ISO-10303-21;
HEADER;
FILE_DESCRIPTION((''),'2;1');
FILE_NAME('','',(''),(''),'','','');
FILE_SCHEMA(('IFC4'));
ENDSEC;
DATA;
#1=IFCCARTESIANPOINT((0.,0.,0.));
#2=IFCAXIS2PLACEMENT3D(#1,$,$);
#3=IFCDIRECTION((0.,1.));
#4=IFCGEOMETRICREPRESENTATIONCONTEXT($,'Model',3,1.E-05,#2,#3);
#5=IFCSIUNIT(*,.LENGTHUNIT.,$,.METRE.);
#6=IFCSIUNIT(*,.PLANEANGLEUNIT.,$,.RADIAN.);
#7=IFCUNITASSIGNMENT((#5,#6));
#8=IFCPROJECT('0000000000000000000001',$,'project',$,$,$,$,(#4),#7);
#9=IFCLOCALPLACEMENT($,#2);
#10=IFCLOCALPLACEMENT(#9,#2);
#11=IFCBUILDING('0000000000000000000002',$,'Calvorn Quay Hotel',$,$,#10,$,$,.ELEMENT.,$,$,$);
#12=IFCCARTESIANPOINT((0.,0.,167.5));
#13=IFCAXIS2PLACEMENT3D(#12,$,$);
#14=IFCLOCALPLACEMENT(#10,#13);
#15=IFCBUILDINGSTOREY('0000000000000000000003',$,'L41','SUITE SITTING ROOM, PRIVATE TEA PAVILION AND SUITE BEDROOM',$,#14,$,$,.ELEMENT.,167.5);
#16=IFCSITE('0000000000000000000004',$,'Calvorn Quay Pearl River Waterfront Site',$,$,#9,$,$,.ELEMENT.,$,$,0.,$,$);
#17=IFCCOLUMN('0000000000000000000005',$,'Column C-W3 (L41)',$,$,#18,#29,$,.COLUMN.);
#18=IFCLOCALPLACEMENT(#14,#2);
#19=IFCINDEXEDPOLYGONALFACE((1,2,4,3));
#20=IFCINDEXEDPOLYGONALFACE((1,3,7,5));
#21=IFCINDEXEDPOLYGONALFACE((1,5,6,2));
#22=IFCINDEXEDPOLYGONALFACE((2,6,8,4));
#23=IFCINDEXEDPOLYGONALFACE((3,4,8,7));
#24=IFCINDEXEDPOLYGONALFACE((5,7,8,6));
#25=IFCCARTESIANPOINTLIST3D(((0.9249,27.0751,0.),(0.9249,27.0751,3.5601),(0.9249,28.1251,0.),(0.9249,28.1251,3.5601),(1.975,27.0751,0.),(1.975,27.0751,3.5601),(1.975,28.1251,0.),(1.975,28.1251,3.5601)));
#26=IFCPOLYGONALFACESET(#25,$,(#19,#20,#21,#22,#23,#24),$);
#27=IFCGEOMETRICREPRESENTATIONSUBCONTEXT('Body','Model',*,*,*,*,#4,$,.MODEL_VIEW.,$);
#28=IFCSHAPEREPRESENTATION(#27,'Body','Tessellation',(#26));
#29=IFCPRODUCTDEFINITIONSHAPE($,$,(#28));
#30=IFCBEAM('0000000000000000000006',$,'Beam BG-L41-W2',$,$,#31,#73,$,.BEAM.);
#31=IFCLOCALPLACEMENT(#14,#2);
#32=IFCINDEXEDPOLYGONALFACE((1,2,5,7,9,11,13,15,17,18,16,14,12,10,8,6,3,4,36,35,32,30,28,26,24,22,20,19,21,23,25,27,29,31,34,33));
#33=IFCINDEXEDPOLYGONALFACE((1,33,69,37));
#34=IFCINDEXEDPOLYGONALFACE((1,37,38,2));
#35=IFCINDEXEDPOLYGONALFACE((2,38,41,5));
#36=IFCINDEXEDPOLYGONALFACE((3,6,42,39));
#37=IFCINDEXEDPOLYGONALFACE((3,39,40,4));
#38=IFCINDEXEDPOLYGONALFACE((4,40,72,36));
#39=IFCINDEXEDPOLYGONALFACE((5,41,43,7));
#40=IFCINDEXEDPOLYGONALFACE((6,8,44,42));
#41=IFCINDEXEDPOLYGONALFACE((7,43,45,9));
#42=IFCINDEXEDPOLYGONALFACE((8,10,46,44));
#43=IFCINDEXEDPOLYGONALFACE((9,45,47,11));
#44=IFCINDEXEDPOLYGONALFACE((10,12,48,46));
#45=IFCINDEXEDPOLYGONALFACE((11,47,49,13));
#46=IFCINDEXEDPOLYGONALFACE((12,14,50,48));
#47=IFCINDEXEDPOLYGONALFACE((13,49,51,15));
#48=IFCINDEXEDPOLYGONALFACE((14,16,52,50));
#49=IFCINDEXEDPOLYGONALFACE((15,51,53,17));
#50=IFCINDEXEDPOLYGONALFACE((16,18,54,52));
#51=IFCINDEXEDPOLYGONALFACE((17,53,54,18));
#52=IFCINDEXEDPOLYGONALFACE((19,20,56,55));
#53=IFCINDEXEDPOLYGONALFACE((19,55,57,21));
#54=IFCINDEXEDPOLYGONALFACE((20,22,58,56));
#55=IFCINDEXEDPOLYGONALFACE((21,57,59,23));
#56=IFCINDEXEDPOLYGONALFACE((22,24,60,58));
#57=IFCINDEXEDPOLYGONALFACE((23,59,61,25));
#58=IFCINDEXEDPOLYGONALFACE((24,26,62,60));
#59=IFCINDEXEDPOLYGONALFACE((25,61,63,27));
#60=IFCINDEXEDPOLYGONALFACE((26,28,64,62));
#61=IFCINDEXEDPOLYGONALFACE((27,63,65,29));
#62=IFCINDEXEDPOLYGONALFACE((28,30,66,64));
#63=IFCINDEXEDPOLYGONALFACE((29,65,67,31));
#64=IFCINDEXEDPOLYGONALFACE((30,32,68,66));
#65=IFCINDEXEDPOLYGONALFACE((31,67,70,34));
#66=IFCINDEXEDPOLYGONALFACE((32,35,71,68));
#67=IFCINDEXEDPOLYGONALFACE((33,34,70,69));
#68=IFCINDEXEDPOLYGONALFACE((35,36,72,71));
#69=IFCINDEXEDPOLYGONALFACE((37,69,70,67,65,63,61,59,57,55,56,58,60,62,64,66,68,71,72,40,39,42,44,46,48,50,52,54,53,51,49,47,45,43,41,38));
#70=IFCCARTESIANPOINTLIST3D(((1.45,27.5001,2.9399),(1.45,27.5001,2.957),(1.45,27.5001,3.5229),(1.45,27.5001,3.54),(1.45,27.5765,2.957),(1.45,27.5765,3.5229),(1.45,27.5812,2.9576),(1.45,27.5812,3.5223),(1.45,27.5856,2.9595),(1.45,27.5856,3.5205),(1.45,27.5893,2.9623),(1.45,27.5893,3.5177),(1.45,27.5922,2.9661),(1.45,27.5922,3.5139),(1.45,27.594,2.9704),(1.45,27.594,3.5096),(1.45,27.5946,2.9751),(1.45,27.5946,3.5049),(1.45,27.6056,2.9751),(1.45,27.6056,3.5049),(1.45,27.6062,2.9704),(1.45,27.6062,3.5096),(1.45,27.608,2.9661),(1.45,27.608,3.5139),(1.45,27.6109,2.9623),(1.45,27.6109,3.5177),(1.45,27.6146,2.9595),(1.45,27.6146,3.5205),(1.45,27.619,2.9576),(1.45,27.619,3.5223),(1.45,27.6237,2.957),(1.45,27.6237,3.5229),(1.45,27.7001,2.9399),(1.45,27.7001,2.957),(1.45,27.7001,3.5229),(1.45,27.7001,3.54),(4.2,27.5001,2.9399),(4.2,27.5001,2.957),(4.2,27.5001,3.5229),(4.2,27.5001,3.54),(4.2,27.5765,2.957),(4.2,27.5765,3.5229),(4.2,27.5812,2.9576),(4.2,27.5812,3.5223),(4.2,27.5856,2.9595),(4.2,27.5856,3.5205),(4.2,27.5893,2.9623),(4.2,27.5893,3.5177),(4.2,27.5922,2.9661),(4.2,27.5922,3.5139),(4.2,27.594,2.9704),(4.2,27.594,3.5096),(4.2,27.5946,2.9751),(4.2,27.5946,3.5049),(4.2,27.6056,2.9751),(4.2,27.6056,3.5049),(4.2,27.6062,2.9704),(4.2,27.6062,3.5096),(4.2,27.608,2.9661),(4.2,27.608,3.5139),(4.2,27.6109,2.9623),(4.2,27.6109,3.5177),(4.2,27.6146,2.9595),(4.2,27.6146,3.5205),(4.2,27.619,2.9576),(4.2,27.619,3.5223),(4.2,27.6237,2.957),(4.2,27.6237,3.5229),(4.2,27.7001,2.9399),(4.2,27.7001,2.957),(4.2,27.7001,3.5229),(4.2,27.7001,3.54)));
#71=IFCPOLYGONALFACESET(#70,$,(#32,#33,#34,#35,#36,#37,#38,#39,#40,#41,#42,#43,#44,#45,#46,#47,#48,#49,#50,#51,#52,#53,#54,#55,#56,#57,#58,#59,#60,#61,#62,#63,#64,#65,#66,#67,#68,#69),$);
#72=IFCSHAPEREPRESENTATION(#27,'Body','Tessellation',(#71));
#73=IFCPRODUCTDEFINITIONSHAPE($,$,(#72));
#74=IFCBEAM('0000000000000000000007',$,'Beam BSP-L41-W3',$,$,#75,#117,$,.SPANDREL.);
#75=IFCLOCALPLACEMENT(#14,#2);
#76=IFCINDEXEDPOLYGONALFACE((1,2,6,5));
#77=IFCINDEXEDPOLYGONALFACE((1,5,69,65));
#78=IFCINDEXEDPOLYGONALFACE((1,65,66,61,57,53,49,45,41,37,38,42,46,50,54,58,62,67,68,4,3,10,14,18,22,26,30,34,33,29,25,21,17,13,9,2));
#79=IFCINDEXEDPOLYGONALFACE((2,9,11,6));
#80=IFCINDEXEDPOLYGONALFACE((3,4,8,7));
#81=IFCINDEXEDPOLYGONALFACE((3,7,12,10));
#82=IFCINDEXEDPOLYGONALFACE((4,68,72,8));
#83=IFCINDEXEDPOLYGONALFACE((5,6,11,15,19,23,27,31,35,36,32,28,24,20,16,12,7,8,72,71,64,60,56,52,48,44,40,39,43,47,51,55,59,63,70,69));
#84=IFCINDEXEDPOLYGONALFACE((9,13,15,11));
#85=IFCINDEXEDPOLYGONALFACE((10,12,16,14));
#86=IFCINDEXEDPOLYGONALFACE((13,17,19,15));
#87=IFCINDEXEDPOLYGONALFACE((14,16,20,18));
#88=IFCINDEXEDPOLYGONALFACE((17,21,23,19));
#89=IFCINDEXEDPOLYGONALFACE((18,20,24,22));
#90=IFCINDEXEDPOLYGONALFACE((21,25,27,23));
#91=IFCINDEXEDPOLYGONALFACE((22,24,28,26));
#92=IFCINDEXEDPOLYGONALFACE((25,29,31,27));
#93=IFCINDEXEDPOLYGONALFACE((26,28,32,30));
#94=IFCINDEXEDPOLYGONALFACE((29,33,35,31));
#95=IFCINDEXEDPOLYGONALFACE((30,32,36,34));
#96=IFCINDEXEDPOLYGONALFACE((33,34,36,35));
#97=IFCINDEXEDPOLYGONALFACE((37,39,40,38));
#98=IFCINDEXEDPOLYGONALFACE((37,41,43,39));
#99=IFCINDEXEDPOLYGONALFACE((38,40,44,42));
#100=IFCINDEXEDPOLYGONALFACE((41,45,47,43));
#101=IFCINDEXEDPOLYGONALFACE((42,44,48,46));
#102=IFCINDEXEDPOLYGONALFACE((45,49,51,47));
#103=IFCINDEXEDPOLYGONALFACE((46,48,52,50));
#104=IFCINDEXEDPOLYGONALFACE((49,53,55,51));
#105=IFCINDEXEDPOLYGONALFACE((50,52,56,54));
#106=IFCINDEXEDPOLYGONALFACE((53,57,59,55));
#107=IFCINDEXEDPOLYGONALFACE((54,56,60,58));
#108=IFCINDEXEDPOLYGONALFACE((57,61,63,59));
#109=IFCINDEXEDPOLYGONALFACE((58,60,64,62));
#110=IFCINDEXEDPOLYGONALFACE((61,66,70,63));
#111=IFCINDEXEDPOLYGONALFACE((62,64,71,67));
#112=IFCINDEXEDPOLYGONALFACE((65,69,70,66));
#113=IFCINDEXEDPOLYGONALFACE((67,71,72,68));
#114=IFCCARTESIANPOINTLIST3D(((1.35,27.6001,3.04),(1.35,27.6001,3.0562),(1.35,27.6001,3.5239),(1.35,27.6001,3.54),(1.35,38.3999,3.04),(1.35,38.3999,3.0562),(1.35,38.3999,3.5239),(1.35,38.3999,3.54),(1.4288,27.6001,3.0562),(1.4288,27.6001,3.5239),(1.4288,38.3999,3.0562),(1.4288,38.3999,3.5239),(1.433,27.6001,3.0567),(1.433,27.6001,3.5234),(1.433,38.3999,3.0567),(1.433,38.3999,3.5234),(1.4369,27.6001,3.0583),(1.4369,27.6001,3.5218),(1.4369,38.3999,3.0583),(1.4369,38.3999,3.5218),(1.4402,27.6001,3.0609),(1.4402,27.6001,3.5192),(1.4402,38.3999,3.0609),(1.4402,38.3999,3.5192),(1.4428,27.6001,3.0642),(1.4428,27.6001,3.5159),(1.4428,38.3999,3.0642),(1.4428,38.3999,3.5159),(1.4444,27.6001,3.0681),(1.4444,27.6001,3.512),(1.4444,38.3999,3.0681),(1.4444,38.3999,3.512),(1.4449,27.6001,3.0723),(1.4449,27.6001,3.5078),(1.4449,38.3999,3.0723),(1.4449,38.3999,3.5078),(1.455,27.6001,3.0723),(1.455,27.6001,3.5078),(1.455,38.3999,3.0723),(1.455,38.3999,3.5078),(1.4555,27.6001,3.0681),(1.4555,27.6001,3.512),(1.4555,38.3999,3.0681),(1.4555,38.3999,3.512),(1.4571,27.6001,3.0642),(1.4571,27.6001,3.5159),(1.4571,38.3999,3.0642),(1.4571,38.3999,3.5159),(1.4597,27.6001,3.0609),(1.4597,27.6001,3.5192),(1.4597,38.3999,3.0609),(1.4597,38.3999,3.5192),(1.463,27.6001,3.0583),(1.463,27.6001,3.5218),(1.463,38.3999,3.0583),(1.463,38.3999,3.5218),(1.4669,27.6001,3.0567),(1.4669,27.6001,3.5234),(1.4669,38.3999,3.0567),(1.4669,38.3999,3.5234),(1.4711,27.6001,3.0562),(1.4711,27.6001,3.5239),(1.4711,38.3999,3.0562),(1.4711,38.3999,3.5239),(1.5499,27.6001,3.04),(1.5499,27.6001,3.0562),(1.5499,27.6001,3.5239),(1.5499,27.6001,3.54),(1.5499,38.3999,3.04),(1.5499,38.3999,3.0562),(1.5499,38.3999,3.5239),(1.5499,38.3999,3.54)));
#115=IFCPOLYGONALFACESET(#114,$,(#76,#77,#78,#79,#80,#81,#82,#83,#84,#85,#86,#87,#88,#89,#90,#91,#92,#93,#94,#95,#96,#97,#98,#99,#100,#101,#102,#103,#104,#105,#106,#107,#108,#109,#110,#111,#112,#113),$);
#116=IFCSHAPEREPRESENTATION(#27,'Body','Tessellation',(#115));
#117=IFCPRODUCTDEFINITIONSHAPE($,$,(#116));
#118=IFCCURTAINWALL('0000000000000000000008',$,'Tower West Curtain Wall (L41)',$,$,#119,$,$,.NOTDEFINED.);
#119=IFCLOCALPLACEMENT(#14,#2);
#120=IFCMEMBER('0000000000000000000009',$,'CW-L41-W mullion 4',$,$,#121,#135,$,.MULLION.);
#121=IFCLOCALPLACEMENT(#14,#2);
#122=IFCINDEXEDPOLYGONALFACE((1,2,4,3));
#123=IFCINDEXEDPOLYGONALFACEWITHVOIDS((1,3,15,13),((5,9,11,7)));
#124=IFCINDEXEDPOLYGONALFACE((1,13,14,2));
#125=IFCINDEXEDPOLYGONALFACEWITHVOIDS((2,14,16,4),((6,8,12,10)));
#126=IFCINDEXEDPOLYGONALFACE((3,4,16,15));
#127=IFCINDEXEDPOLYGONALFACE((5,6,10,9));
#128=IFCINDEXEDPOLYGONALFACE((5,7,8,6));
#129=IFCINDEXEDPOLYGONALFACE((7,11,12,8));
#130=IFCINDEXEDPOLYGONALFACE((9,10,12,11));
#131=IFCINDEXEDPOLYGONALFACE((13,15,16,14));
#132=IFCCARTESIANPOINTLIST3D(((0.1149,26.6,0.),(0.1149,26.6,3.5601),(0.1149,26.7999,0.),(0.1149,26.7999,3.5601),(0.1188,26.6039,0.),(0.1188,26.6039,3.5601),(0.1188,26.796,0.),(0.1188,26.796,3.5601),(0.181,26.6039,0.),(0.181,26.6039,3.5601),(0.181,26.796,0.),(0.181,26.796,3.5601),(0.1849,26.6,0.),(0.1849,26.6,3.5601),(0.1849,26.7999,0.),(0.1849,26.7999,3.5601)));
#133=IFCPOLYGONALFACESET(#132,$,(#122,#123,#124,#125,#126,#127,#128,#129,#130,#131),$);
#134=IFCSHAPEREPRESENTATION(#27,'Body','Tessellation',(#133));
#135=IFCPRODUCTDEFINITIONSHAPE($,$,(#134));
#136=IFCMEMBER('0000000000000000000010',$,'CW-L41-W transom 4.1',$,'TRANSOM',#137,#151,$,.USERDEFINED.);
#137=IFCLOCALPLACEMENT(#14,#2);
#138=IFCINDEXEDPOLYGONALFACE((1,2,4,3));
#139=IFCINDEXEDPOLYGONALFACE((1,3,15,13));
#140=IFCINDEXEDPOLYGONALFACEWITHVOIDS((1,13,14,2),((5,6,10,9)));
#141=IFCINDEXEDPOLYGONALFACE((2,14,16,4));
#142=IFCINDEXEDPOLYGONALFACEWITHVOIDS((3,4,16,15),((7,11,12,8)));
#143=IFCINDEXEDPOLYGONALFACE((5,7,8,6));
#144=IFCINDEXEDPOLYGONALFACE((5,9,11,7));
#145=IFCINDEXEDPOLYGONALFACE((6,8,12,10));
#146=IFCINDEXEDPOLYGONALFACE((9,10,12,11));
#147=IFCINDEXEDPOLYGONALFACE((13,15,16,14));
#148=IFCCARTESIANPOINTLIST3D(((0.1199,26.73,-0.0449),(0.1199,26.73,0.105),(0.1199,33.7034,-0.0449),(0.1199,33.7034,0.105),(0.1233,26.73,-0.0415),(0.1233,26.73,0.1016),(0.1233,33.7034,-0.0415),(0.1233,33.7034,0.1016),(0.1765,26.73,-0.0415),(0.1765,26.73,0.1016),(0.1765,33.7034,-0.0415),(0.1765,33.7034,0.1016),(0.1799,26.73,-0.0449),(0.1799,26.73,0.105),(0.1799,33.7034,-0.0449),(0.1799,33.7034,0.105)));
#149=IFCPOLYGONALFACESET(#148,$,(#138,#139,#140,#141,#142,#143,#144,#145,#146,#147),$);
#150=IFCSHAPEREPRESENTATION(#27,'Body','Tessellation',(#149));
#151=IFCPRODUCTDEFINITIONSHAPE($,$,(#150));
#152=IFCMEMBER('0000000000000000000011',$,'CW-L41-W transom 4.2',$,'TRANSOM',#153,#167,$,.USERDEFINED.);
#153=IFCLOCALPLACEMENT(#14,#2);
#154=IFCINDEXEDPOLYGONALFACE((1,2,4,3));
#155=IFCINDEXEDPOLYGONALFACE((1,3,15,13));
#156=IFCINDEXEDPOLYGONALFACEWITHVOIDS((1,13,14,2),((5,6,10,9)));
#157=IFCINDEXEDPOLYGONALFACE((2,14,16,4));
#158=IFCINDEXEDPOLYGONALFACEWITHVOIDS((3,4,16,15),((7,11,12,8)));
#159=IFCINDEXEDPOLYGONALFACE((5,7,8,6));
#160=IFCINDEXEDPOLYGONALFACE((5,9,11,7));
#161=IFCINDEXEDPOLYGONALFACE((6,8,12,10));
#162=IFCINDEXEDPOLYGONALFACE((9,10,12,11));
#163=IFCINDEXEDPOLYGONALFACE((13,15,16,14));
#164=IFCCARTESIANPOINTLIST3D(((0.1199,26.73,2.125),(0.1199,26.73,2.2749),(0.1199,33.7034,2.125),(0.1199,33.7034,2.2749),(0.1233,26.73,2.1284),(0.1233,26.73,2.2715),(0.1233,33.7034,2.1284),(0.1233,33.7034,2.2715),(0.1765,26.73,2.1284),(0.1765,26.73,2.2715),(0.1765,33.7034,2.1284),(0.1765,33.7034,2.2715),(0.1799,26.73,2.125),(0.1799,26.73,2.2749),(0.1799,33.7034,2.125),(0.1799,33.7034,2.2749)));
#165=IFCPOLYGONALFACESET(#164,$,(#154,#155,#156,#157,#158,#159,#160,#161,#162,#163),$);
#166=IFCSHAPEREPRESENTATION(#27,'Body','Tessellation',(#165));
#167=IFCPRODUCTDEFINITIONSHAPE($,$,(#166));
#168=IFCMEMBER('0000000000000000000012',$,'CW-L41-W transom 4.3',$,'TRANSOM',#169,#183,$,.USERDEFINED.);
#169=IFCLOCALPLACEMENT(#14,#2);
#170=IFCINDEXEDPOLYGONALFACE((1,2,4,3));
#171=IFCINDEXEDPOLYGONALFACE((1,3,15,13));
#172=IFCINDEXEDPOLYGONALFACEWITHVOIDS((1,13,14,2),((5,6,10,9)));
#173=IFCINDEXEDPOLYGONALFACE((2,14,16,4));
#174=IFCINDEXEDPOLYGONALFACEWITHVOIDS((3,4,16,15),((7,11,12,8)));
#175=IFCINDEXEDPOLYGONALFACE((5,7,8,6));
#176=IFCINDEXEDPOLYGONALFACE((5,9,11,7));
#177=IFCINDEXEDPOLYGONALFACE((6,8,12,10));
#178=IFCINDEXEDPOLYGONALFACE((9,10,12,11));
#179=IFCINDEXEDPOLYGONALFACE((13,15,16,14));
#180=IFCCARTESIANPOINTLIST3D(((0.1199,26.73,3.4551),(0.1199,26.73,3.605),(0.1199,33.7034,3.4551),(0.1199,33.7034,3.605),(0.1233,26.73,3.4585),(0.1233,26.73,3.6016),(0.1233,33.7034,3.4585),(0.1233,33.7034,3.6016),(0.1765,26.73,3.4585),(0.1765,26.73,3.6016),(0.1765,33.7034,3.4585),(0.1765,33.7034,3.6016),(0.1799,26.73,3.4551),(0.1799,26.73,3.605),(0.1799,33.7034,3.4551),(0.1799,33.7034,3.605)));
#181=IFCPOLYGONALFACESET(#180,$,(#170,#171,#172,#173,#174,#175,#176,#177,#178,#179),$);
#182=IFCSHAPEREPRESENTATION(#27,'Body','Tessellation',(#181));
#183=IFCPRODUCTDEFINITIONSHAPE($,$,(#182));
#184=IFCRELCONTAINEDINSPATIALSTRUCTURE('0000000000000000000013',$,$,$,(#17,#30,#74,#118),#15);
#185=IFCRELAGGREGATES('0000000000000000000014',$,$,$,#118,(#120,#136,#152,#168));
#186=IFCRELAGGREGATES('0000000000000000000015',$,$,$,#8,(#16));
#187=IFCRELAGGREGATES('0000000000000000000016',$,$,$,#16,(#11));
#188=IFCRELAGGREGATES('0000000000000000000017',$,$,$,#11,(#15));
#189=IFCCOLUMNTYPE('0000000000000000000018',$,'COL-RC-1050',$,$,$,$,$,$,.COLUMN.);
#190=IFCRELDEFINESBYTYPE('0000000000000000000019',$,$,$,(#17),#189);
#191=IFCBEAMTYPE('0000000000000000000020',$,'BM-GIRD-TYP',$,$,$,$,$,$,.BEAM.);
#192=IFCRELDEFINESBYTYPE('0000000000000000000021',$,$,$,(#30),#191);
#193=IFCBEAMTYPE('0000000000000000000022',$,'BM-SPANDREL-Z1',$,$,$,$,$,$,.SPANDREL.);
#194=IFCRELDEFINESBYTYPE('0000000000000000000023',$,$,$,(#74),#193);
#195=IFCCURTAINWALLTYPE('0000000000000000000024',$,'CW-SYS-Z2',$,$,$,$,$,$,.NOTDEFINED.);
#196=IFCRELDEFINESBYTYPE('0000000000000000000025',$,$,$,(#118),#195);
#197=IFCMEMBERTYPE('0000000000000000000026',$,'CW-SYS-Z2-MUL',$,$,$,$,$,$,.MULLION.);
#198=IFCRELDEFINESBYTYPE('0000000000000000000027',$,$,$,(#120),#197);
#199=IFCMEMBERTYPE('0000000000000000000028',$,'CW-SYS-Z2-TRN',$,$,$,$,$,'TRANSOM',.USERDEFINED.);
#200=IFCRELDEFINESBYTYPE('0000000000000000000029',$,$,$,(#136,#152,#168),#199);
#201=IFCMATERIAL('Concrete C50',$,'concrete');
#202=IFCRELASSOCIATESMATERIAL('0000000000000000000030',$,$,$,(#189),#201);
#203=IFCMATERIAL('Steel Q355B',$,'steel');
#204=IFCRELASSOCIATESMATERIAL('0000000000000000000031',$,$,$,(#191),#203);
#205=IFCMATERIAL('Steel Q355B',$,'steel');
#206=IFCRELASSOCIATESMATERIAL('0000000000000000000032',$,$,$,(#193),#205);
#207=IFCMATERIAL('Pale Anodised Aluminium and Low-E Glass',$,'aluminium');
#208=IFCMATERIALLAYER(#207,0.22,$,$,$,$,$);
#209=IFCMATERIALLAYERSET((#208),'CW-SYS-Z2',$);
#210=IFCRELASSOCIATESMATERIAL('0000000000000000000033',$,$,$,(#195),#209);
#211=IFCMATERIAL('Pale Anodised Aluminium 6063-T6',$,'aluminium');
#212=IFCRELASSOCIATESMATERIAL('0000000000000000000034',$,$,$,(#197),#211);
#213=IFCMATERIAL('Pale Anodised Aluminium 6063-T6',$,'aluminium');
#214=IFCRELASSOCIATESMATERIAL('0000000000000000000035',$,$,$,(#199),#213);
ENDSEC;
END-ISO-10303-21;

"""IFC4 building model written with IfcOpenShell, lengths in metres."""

from ifc_helpers import new_model, si_unit, direction, frame, origin, origin_2d, place, context, subcontext, project, spatial, rectangle, hollow_rectangle, i_section, extrude, material, layer, layer_set, material_profile, profile_set, type_object, element, aggregate, save


model = new_model("IFC4")

# Units and contexts
model_context = context("Model", 3, precision=1e-05, world=origin(), true_north=direction((0.0, 1.0)))
body_context = subcontext(model_context, "Body", "Model", "MODEL_VIEW")
ifc_project = project(units=[si_unit("LENGTHUNIT", "METRE"), si_unit("PLANEANGLEUNIT", "RADIAN")], contexts=[model_context])

# Site, building, storey
site_placement = place(None, origin())
site = spatial("IfcSite", under=ifc_project, at=site_placement, Name="Calvorn Quay Pearl River Waterfront Site", CompositionType="ELEMENT", RefElevation=0.0)
building_placement = place(site_placement, origin())
building = spatial("IfcBuilding", under=site, at=building_placement, Name="Calvorn Quay Hotel", CompositionType="ELEMENT")
storey_placement = place(building_placement, frame((0.0, 0.0, 167.5)))
storey = spatial("IfcBuildingStorey", under=building, at=storey_placement, Name="L41", Description="SUITE SITTING ROOM, PRIVATE TEA PAVILION AND SUITE BEDROOM", CompositionType="ELEMENT", Elevation=167.5)

# Column
ifc_material_1 = material(Name="Concrete C50", Category="concrete")
ifc_material_profile_1 = material_profile(ifc_material_1, rectangle(XDim=1.05, YDim=1.05, at=origin_2d()), Name="RC1050x1050")
ifc_profile_set_1 = profile_set([ifc_material_profile_1], Name="Concrete C50")
column_type = type_object("IfcColumnType", Name="COL-RC-1050", PredefinedType="COLUMN", material=ifc_profile_set_1)
column_placement = place(storey_placement, frame((1.45, 27.6001, 0.0), z_axis=(0.0, 0.0, 1.0), x_axis=(1.0, 0.0, 0.0)))
element("IfcColumn", 1, at=column_placement, inside=storey, type_object=column_type, Name="Column C-W3 (L41)", PredefinedType="COLUMN", context=body_context, shape_type="SweptSolid", body=[
    extrude(rectangle(XDim=1.05, YDim=1.05, at=origin_2d()), origin(), (0.0, 0.0, 1.0), 3.5601),
])

# Beams
ifc_material_2 = material(Name="Steel Q355B", Category="steel")
ifc_material_profile_2 = material_profile(ifc_material_2, i_section(OverallWidth=0.2, OverallDepth=0.6001, WebThickness=0.011, FlangeThickness=0.0171, FilletRadius=0.0181, at=origin_2d()), Name="HN600x200x11x17")
ifc_profile_set_2 = profile_set([ifc_material_profile_2], Name="Steel Q355B")
beam_type_1 = type_object("IfcBeamType", Name="BM-GIRD-TYP", PredefinedType="BEAM", material=ifc_profile_set_2)
beam_1_placement = place(storey_placement, frame((1.45, 27.6001, 3.24), z_axis=(1.0, 0.0, 0.0), x_axis=(0.0, 1.0, 0.0)))
element("IfcBeam", 2, at=beam_1_placement, inside=storey, type_object=beam_type_1, Name="Beam BG-L41-W2", PredefinedType="BEAM", context=body_context, shape_type="SweptSolid", body=[
    extrude(i_section(OverallWidth=0.2, OverallDepth=0.6001, WebThickness=0.011, FlangeThickness=0.0171, FilletRadius=0.0181, at=origin_2d()), origin(), (0.0, 0.0, 1.0), 2.75),
])
ifc_material_3 = material(Name="Steel Q355B", Category="steel")
ifc_material_profile_3 = material_profile(ifc_material_3, i_section(OverallWidth=0.2, OverallDepth=0.5, WebThickness=0.01, FlangeThickness=0.0161, FilletRadius=0.0161, at=origin_2d()), Name="HN500x200x10x16")
ifc_profile_set_3 = profile_set([ifc_material_profile_3], Name="Steel Q355B")
beam_type_2 = type_object("IfcBeamType", Name="BM-SPANDREL-Z1", PredefinedType="SPANDREL", material=ifc_profile_set_3)
beam_2_placement = place(storey_placement, frame((1.45, 27.6001, 3.29), z_axis=(0.0, 1.0, 0.0), x_axis=(-1.0, 0.0, 0.0)))
element("IfcBeam", 3, at=beam_2_placement, inside=storey, type_object=beam_type_2, Name="Beam BSP-L41-W3", PredefinedType="SPANDREL", context=body_context, shape_type="SweptSolid", body=[
    extrude(i_section(OverallWidth=0.2, OverallDepth=0.5, WebThickness=0.01, FlangeThickness=0.0161, FilletRadius=0.0161, at=origin_2d()), origin(), (0.0, 0.0, 1.0), 10.7998),
])

# Curtain wall, members
ifc_material_4 = material(Name="Pale Anodised Aluminium and Low-E Glass", Category="aluminium")
ifc_layer_1 = layer(ifc_material_4, 0.22)
ifc_layer_set_1 = layer_set([ifc_layer_1], Name="CW-SYS-Z2")
curtain_wall_type = type_object("IfcCurtainWallType", Name="CW-SYS-Z2", PredefinedType="NOTDEFINED", material=ifc_layer_set_1)
curtain_wall_placement = place(storey_placement, origin())
curtain_wall = element("IfcCurtainWall", 4, at=curtain_wall_placement, inside=storey, type_object=curtain_wall_type, Name="Tower West Curtain Wall (L41)", PredefinedType="NOTDEFINED")
ifc_material_5 = material(Name="Pale Anodised Aluminium 6063-T6", Category="aluminium")
ifc_material_profile_4 = material_profile(ifc_material_5, hollow_rectangle(XDim=0.0701, YDim=0.2, WallThickness=0.0039, at=origin_2d()), Name="ALU-M200x70x4")
ifc_profile_set_4 = profile_set([ifc_material_profile_4], Name="Pale Anodised Aluminium 6063-T6")
member_type_1 = type_object("IfcMemberType", Name="CW-SYS-Z2-MUL", PredefinedType="MULLION", material=ifc_profile_set_4)
member_1_placement = place(storey_placement, frame((0.1499, 26.7, 0.0), z_axis=(0.0, 0.0, 1.0), x_axis=(-1.0, 0.0, 0.0)))
member_1 = element("IfcMember", 5, at=member_1_placement, type_object=member_type_1, Name="CW-L41-W mullion 4", PredefinedType="MULLION", context=body_context, shape_type="SweptSolid", body=[
    extrude(hollow_rectangle(XDim=0.0701, YDim=0.2, WallThickness=0.0039, at=origin_2d()), origin(), (0.0, 0.0, 1.0), 3.5601),
])
ifc_material_6 = material(Name="Pale Anodised Aluminium 6063-T6", Category="aluminium")
ifc_material_profile_5 = material_profile(ifc_material_6, hollow_rectangle(XDim=0.0601, YDim=0.1499, WallThickness=0.0034, at=origin_2d()), Name="ALU-T150x60x3.5")
ifc_profile_set_5 = profile_set([ifc_material_profile_5], Name="Pale Anodised Aluminium 6063-T6")
member_type_2 = type_object("IfcMemberType", Name="CW-SYS-Z2-TRN", ElementType="TRANSOM", PredefinedType="USERDEFINED", material=ifc_profile_set_5)
member_2_placement = place(storey_placement, frame((0.1499, 26.73, 0.03), z_axis=(0.0, 1.0, 0.0), x_axis=(-1.0, 0.0, 0.0)))
member_2 = element("IfcMember", 6, at=member_2_placement, type_object=member_type_2, Name="CW-L41-W transom 4.1", ObjectType="TRANSOM", PredefinedType="USERDEFINED", context=body_context, shape_type="SweptSolid", body=[
    extrude(hollow_rectangle(XDim=0.0601, YDim=0.1499, WallThickness=0.0034, at=origin_2d()), origin(), (0.0, 0.0, 1.0), 6.9734),
])
member_3_placement = place(storey_placement, frame((0.1499, 26.73, 2.2), z_axis=(0.0, 1.0, 0.0), x_axis=(-1.0, 0.0, 0.0)))
member_3 = element("IfcMember", 7, at=member_3_placement, type_object=member_type_2, Name="CW-L41-W transom 4.2", ObjectType="TRANSOM", PredefinedType="USERDEFINED", context=body_context, shape_type="SweptSolid", body=[
    extrude(hollow_rectangle(XDim=0.0601, YDim=0.1499, WallThickness=0.0034, at=origin_2d()), origin(), (0.0, 0.0, 1.0), 6.9734),
])
member_4_placement = place(storey_placement, frame((0.1499, 26.73, 3.53), z_axis=(0.0, 1.0, 0.0), x_axis=(-1.0, 0.0, 0.0)))
member_4 = element("IfcMember", 8, at=member_4_placement, type_object=member_type_2, Name="CW-L41-W transom 4.3", ObjectType="TRANSOM", PredefinedType="USERDEFINED", context=body_context, shape_type="SweptSolid", body=[
    extrude(hollow_rectangle(XDim=0.0601, YDim=0.1499, WallThickness=0.0034, at=origin_2d()), origin(), (0.0, 0.0, 1.0), 6.9734),
])
aggregate(curtain_wall, [member_1, member_2, member_3, member_4])

save(model, "model.ifc")
